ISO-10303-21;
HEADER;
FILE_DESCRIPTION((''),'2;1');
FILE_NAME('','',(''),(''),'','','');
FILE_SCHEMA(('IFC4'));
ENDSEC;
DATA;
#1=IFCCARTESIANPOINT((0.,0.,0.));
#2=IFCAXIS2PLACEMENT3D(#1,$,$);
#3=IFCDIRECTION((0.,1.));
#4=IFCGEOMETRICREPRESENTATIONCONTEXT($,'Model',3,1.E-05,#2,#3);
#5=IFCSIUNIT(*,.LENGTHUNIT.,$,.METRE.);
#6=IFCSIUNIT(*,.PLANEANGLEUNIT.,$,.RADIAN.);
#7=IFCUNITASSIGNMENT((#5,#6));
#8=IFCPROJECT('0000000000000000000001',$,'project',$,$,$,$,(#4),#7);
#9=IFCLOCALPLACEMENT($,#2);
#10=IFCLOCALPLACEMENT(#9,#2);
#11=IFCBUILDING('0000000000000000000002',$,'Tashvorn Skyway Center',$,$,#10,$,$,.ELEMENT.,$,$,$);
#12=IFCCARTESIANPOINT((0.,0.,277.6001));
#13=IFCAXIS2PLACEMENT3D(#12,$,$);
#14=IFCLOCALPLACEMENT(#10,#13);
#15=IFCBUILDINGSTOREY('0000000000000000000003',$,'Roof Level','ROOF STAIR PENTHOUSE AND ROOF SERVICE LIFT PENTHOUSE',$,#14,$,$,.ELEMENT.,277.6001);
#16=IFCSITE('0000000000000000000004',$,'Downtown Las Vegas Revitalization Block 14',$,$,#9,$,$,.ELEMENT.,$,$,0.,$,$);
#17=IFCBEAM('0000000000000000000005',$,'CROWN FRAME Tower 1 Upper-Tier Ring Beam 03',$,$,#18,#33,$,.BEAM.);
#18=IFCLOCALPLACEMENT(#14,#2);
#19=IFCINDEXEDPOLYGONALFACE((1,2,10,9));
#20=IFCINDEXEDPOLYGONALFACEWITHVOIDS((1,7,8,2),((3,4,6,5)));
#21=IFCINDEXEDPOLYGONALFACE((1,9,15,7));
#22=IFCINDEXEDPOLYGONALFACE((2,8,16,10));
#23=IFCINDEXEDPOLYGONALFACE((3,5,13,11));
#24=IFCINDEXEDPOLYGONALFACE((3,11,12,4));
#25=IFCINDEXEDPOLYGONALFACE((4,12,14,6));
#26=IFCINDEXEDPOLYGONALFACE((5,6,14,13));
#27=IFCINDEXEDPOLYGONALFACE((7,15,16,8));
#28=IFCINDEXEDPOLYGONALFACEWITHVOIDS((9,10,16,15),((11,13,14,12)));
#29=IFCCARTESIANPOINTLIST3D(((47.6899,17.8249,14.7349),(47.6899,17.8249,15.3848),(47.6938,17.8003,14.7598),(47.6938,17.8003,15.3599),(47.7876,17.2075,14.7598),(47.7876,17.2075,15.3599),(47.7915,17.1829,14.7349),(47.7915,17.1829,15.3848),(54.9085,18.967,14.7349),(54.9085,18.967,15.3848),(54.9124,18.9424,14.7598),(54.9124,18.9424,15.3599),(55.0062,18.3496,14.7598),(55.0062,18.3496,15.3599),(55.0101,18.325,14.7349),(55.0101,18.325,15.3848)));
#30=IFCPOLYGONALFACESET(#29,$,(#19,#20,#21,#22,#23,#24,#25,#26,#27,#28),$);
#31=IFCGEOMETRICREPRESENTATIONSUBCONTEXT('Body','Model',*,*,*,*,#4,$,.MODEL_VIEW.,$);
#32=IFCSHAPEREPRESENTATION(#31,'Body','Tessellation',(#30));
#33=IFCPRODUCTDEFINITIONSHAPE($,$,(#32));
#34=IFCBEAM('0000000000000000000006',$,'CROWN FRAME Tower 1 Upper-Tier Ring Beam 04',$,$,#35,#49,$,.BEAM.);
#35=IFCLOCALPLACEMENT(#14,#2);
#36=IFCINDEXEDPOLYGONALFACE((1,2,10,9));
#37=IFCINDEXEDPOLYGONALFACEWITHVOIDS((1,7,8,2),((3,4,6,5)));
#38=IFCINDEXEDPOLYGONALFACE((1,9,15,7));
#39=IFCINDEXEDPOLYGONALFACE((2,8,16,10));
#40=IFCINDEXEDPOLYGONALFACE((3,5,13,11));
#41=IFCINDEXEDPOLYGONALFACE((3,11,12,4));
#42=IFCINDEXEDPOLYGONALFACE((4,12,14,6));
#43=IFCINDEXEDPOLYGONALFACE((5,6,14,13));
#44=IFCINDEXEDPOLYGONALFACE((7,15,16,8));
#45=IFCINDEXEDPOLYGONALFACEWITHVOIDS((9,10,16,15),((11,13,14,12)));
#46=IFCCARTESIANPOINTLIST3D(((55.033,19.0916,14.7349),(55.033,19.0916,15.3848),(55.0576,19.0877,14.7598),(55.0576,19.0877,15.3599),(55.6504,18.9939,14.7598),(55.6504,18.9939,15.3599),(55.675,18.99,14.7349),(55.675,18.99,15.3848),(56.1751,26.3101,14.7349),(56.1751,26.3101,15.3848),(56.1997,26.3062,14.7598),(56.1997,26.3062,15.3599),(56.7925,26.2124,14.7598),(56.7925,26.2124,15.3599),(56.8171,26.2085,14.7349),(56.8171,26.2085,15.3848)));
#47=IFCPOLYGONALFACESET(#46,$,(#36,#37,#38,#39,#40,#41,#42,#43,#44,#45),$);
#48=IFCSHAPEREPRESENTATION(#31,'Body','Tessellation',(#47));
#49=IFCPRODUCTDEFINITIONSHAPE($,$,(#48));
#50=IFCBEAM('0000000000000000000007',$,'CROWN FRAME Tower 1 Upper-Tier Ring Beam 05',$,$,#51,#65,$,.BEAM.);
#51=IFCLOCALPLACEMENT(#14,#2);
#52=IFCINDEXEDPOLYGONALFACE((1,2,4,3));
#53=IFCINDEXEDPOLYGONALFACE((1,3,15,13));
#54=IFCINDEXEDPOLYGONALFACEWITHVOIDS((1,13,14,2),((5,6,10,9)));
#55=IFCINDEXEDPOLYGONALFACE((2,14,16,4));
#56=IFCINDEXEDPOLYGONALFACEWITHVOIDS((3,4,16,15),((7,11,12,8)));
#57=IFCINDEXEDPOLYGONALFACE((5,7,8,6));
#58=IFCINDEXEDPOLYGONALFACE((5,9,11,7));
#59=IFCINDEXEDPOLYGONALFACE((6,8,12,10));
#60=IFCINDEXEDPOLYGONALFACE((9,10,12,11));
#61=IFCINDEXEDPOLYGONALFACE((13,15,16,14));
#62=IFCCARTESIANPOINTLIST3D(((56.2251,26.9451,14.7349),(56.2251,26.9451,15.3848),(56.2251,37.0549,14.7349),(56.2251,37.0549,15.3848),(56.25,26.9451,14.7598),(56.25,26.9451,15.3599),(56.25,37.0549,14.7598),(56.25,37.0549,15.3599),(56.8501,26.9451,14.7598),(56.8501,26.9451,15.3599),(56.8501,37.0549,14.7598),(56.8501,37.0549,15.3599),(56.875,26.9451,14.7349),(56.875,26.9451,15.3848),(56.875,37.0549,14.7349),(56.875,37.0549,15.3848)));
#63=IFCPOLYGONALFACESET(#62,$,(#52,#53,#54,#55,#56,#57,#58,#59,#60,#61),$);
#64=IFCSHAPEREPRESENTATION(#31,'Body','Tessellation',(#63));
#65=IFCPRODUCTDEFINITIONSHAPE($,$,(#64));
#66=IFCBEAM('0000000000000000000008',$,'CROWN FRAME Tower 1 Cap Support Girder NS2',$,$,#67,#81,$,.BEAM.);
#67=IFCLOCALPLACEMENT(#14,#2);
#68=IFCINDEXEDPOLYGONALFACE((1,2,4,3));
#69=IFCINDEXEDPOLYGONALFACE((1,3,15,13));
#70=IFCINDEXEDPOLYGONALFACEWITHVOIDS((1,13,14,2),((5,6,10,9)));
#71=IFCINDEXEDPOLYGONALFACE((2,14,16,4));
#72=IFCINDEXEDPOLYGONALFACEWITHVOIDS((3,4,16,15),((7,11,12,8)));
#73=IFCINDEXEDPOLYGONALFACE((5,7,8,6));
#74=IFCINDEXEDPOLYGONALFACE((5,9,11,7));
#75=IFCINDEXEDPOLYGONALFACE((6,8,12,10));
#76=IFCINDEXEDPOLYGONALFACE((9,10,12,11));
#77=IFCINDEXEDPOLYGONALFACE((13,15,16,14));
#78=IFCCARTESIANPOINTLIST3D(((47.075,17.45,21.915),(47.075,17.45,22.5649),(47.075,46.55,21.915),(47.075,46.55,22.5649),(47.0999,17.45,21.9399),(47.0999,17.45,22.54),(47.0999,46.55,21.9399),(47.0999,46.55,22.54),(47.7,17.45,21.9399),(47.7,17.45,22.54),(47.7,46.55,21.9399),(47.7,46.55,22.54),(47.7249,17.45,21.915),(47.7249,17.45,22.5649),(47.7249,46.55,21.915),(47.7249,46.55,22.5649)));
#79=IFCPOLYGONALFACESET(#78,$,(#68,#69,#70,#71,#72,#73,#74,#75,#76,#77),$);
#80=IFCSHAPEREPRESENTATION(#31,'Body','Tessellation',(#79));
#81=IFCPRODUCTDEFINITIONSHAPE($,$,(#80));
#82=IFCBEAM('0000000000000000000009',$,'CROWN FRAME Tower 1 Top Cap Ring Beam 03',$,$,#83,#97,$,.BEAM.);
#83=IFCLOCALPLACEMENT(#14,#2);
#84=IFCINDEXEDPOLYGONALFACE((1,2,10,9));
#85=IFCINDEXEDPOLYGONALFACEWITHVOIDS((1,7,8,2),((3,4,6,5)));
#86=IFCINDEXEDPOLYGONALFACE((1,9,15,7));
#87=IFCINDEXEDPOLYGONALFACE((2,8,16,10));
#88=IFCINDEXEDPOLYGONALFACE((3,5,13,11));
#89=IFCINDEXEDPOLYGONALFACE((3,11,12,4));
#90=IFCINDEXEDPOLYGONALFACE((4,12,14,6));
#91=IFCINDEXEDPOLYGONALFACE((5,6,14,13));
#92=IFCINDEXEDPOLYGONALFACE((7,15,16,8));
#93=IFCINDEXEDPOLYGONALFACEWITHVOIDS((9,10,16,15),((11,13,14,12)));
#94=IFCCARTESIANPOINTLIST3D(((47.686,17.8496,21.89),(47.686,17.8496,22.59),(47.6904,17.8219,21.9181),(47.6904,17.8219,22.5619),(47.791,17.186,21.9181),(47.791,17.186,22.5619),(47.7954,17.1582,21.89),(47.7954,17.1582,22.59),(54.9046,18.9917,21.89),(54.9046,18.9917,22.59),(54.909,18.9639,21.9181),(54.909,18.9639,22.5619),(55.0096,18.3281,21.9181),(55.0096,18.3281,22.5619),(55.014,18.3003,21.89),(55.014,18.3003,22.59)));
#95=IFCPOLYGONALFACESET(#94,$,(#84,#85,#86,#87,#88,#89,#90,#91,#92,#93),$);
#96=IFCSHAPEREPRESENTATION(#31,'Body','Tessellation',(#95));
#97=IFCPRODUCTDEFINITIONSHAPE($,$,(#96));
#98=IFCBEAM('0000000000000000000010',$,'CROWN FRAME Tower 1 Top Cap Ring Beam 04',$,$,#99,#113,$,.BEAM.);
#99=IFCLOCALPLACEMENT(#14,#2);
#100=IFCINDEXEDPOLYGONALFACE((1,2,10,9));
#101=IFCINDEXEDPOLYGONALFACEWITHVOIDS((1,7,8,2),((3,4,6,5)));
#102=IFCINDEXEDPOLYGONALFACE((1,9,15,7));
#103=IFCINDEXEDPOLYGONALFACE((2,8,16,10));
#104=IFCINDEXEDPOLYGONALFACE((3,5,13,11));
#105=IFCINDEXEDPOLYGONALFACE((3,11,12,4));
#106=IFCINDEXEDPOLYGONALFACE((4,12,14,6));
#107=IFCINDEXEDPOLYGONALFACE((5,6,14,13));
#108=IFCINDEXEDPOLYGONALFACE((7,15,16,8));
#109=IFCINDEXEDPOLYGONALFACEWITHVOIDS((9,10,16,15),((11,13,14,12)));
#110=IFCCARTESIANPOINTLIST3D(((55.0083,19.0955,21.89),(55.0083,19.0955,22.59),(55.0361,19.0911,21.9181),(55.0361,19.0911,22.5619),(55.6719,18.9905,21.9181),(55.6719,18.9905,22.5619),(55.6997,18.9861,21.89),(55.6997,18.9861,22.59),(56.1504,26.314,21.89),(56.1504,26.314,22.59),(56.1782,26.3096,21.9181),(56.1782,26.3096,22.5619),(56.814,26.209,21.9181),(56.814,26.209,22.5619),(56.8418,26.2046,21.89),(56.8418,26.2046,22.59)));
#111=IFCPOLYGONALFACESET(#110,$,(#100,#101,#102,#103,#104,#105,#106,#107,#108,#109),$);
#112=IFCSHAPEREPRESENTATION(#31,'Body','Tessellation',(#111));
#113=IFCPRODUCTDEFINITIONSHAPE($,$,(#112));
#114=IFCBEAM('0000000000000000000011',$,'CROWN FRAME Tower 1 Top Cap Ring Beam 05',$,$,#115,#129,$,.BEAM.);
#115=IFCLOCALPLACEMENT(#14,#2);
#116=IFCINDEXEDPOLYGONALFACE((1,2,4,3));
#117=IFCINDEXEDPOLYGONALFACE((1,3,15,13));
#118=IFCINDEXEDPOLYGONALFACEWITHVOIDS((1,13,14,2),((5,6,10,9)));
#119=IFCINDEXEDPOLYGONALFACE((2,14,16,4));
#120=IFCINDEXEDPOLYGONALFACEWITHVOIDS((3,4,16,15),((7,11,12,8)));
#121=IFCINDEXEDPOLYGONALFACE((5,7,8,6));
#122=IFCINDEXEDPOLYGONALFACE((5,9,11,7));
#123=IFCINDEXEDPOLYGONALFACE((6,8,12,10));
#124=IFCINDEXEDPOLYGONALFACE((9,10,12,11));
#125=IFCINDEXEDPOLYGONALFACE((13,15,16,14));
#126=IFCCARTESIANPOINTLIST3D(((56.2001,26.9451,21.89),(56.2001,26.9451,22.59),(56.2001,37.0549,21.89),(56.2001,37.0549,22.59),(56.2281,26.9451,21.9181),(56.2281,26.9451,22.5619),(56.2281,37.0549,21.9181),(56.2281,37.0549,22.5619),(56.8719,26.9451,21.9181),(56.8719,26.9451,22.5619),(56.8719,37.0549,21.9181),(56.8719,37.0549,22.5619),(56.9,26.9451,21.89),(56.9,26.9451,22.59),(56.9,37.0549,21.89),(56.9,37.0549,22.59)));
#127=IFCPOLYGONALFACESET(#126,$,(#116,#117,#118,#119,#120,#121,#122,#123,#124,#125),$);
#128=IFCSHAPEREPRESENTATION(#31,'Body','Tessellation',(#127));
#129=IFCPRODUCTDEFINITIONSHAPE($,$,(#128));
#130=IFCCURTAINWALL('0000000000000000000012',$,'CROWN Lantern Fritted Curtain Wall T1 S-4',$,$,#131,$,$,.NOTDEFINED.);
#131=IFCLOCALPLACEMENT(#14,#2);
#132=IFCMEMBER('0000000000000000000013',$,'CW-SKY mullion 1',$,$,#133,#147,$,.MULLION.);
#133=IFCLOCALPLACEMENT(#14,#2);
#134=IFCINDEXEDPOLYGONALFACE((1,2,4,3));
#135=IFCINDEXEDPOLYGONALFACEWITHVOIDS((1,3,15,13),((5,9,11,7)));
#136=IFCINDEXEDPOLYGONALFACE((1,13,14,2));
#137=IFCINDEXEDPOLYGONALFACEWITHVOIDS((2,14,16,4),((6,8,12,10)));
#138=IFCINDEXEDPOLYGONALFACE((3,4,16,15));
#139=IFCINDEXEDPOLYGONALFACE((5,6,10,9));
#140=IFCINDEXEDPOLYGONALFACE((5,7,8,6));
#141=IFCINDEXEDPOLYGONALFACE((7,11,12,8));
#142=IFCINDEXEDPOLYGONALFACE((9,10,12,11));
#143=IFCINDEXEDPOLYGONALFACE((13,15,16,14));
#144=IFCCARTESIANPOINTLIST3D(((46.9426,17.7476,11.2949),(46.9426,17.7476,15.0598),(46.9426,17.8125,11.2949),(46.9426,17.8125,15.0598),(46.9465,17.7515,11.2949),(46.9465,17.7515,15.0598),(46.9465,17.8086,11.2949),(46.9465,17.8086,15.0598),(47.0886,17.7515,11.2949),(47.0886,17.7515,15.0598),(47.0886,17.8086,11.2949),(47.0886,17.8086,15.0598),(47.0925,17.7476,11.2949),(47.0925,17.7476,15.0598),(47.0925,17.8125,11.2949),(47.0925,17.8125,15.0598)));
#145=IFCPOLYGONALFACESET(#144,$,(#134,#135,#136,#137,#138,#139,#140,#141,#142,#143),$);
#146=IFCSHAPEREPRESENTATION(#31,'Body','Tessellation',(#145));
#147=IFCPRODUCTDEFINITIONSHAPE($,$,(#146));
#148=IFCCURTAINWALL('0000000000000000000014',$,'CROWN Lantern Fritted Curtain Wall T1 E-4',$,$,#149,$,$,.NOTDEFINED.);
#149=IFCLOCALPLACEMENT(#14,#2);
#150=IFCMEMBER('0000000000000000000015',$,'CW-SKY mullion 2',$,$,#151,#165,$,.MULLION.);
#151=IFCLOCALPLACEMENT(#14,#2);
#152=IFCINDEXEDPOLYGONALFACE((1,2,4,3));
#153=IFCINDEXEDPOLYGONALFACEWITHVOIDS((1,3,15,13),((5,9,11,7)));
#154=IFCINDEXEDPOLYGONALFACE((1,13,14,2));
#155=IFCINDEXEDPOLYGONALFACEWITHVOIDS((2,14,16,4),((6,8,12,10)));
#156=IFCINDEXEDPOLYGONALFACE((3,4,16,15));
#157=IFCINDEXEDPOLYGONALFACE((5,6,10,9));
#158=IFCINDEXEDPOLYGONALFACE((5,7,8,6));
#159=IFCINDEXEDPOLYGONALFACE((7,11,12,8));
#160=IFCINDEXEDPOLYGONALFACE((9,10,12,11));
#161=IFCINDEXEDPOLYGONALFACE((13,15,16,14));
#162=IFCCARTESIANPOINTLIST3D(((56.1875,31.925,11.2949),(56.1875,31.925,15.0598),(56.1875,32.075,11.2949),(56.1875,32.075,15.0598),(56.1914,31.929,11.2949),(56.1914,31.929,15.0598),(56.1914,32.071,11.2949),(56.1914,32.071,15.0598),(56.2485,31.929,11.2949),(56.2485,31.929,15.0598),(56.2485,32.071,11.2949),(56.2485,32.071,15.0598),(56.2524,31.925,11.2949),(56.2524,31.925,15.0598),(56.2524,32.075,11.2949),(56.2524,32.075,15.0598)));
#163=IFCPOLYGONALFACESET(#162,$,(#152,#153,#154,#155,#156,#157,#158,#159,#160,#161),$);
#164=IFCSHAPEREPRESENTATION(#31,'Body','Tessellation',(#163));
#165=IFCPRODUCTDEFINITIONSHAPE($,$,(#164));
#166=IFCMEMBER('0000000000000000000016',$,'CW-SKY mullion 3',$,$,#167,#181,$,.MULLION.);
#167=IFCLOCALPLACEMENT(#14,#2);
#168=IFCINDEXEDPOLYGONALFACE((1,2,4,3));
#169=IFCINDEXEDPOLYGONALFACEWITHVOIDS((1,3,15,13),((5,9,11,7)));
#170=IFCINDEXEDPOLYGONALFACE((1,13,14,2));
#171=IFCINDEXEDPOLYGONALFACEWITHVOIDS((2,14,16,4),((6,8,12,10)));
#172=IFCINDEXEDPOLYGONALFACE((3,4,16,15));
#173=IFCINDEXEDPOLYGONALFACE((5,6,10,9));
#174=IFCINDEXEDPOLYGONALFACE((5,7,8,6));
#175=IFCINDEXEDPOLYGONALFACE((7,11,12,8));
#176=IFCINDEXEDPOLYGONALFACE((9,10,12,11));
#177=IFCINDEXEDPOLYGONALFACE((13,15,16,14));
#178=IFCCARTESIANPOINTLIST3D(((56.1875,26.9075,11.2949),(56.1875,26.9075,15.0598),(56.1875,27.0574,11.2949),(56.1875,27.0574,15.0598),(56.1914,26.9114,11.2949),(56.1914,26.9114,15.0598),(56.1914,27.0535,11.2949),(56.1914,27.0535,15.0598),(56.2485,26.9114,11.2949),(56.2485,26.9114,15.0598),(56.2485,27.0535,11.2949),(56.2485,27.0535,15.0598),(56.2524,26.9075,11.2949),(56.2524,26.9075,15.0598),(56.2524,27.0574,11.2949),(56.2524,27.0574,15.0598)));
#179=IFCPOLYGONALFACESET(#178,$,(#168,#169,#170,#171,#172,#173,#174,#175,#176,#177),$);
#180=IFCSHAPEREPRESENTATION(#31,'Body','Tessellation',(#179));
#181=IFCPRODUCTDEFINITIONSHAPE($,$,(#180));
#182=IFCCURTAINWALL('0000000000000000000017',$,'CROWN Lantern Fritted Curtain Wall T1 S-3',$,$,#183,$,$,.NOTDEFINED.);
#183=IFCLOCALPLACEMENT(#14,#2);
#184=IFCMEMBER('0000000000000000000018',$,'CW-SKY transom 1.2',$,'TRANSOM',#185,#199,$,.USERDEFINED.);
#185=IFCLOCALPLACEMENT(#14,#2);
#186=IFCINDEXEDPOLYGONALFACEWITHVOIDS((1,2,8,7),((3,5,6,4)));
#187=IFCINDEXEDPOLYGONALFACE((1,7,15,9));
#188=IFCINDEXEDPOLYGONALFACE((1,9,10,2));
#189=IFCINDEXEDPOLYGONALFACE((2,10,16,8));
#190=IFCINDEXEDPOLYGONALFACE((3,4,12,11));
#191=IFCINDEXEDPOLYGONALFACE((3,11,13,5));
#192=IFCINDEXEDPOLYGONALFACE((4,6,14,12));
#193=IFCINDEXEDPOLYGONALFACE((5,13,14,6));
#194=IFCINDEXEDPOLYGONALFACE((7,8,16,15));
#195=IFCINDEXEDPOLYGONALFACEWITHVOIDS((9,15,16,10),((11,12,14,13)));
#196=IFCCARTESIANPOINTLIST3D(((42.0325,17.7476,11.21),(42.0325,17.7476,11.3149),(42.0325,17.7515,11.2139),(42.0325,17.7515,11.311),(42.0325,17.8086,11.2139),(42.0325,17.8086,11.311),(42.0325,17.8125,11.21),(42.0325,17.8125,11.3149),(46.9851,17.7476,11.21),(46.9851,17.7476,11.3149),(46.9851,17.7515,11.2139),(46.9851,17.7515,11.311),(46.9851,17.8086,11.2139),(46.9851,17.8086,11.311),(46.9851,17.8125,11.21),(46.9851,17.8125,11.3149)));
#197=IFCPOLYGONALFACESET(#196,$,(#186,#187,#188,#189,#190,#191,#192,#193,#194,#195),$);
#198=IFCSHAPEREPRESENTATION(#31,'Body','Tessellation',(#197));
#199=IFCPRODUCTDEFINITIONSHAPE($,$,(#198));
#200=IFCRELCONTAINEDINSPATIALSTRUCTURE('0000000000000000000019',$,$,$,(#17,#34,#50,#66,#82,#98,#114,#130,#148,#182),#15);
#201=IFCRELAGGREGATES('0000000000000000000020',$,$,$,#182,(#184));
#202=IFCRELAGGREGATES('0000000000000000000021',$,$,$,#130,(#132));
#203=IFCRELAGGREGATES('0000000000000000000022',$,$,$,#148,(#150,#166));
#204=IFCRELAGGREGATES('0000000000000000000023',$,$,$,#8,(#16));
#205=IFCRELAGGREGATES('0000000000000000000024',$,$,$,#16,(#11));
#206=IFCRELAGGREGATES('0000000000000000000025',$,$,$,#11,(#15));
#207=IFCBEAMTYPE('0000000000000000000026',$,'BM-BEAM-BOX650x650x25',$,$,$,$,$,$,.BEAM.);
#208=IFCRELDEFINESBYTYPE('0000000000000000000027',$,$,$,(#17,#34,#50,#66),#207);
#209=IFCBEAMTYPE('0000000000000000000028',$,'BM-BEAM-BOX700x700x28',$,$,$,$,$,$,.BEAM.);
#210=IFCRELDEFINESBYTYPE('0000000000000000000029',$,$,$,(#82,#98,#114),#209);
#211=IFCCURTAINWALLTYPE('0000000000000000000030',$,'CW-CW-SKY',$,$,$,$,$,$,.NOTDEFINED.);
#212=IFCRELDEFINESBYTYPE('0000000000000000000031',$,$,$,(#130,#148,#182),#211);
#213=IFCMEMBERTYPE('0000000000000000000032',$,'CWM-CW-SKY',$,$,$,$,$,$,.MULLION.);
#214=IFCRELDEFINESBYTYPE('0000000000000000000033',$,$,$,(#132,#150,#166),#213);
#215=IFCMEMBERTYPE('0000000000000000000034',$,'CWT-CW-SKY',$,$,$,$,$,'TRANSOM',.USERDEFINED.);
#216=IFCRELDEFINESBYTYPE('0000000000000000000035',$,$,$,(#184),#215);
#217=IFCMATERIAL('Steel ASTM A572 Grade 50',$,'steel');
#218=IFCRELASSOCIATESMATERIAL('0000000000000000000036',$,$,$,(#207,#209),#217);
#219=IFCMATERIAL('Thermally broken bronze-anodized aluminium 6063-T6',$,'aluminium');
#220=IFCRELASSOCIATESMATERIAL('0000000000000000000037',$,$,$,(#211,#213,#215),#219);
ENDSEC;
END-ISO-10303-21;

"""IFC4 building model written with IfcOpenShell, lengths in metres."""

from ifc_helpers import new_model, si_unit, direction, frame, origin, origin_2d, place, context, subcontext, project, spatial, hollow_rectangle, extrude, material, material_profile, profile_set, type_object, element, aggregate, save


model = new_model("IFC4")

# Units and contexts
model_context = context("Model", 3, precision=1e-05, world=origin(), true_north=direction((0.0, 1.0)))
body_context = subcontext(model_context, "Body", "Model", "MODEL_VIEW")
ifc_project = project(units=[si_unit("LENGTHUNIT", "METRE"), si_unit("PLANEANGLEUNIT", "RADIAN")], contexts=[model_context])

# Site, building, storey
site_placement = place(None, origin())
site = spatial("IfcSite", under=ifc_project, at=site_placement, Name="Downtown Las Vegas Revitalization Block 14", CompositionType="ELEMENT", RefElevation=0.0)
building_placement = place(site_placement, origin())
building = spatial("IfcBuilding", under=site, at=building_placement, Name="Tashvorn Skyway Center", CompositionType="ELEMENT")
storey_placement = place(building_placement, frame((0.0, 0.0, 277.6001)))
storey = spatial("IfcBuildingStorey", under=building, at=storey_placement, Name="Roof Level", Description="ROOF STAIR PENTHOUSE AND ROOF SERVICE LIFT PENTHOUSE", CompositionType="ELEMENT", Elevation=277.6001)

# Beams
ifc_material_1 = material(Name="Steel ASTM A572 Grade 50", Category="steel")
ifc_material_profile_1 = material_profile(ifc_material_1, hollow_rectangle(XDim=0.6499, YDim=0.6499, WallThickness=0.0249, at=origin_2d()), Name="BOX650x650x25")
ifc_profile_set_1 = profile_set([ifc_material_profile_1], Name="Steel ASTM A572 Grade 50")
beam_type_1 = type_object("IfcBeamType", Name="BM-BEAM-BOX650x650x25", PredefinedType="BEAM", material=ifc_profile_set_1)
for number, where, z_axis, x_axis, name in (
    (1, (47.7407, 17.5039, 15.0598), (0.987714, 0.156273, 0.0), (-0.156273, 0.987714, 0.0), "CROWN FRAME Tower 1 Upper-Tier Ring Beam 03"),
    (2, (55.354, 19.0408, 15.0598), (0.156273, 0.987714, 0.0), (-0.987714, 0.156273, 0.0), "CROWN FRAME Tower 1 Upper-Tier Ring Beam 04"),
):
    element("IfcBeam", number, at=place(storey_placement, frame(where, z_axis=z_axis, x_axis=x_axis)), inside=storey, type_object=beam_type_1, Name=name, PredefinedType="BEAM", context=body_context, shape_type="SweptSolid", body=[
        extrude(hollow_rectangle(XDim=0.6499, YDim=0.6499, WallThickness=0.0249, at=origin_2d()), origin(), (0.0, 0.0, 1.0), 7.3083),
    ])
beam_1_placement = place(storey_placement, frame((56.55, 26.9451, 15.0598), z_axis=(0.0, 1.0, 0.0), x_axis=(-1.0, 0.0, 0.0)))
element("IfcBeam", 3, at=beam_1_placement, inside=storey, type_object=beam_type_1, Name="CROWN FRAME Tower 1 Upper-Tier Ring Beam 05", PredefinedType="BEAM", context=body_context, shape_type="SweptSolid", body=[
    extrude(hollow_rectangle(XDim=0.6499, YDim=0.6499, WallThickness=0.0249, at=origin_2d()), origin(), (0.0, 0.0, 1.0), 10.1099),
])
beam_2_placement = place(storey_placement, frame((47.3999, 17.45, 22.24), z_axis=(0.0, 1.0, 0.0), x_axis=(-1.0, 0.0, 0.0)))
element("IfcBeam", 4, at=beam_2_placement, inside=storey, type_object=beam_type_1, Name="CROWN FRAME Tower 1 Cap Support Girder NS2", PredefinedType="BEAM", context=body_context, shape_type="SweptSolid", body=[
    extrude(hollow_rectangle(XDim=0.6499, YDim=0.6499, WallThickness=0.0249, at=origin_2d()), origin(), (0.0, 0.0, 1.0), 29.1001),
])
ifc_material_profile_2 = material_profile(ifc_material_1, hollow_rectangle(XDim=0.7, YDim=0.7, WallThickness=0.0281, at=origin_2d()), Name="BOX700x700x28")
ifc_profile_set_2 = profile_set([ifc_material_profile_2], Name="Steel ASTM A572 Grade 50")
beam_type_2 = type_object("IfcBeamType", Name="BM-BEAM-BOX700x700x28", PredefinedType="BEAM", material=ifc_profile_set_2)
for number, where, z_axis, x_axis, name in (
    (5, (47.7407, 17.5039, 22.24), (0.987714, 0.156273, 0.0), (-0.156273, 0.987714, 0.0), "CROWN FRAME Tower 1 Top Cap Ring Beam 03"),
    (6, (55.354, 19.0408, 22.24), (0.156273, 0.987714, 0.0), (-0.987714, 0.156273, 0.0), "CROWN FRAME Tower 1 Top Cap Ring Beam 04"),
):
    element("IfcBeam", number, at=place(storey_placement, frame(where, z_axis=z_axis, x_axis=x_axis)), inside=storey, type_object=beam_type_2, Name=name, PredefinedType="BEAM", context=body_context, shape_type="SweptSolid", body=[
        extrude(hollow_rectangle(XDim=0.7, YDim=0.7, WallThickness=0.0281, at=origin_2d()), origin(), (0.0, 0.0, 1.0), 7.3083),
    ])
beam_3_placement = place(storey_placement, frame((56.55, 26.9451, 22.24), z_axis=(0.0, 1.0, 0.0), x_axis=(-1.0, 0.0, 0.0)))
element("IfcBeam", 7, at=beam_3_placement, inside=storey, type_object=beam_type_2, Name="CROWN FRAME Tower 1 Top Cap Ring Beam 05", PredefinedType="BEAM", context=body_context, shape_type="SweptSolid", body=[
    extrude(hollow_rectangle(XDim=0.7, YDim=0.7, WallThickness=0.0281, at=origin_2d()), origin(), (0.0, 0.0, 1.0), 10.1099),
])

# Curtain wall, member
ifc_material_2 = material(Name="Thermally broken bronze-anodized aluminium 6063-T6", Category="aluminium")
curtain_wall_type = type_object("IfcCurtainWallType", Name="CW-CW-SKY", PredefinedType="NOTDEFINED", material=ifc_material_2)
curtain_wall_1_placement = place(storey_placement, origin())
curtain_wall_1 = element("IfcCurtainWall", 8, at=curtain_wall_1_placement, inside=storey, type_object=curtain_wall_type, Name="CROWN Lantern Fritted Curtain Wall T1 S-4", PredefinedType="NOTDEFINED")
ifc_material_profile_3 = material_profile(ifc_material_2, hollow_rectangle(XDim=0.0649, YDim=0.1499, WallThickness=0.0039, at=origin_2d()), Name="ALU-MULL-65x150")
ifc_profile_set_3 = profile_set([ifc_material_profile_3], Name="Thermally broken bronze-anodized aluminium 6063-T6")
member_type_1 = type_object("IfcMemberType", Name="CWM-CW-SKY", PredefinedType="MULLION", material=ifc_profile_set_3)
member_1_placement = place(storey_placement, frame((47.0176, 17.78, 11.2949), z_axis=(0.0, 0.0, 1.0), x_axis=(0.0, -1.0, 0.0)))
member_1 = element("IfcMember", 9, at=member_1_placement, type_object=member_type_1, Name="CW-SKY mullion 1", PredefinedType="MULLION", context=body_context, shape_type="SweptSolid", body=[
    extrude(hollow_rectangle(XDim=0.0649, YDim=0.1499, WallThickness=0.0039, at=origin_2d()), origin(), (0.0, 0.0, 1.0), 3.7649),
])

# Curtain wall, members
curtain_wall_2_placement = place(storey_placement, origin())
curtain_wall_2 = element("IfcCurtainWall", 10, at=curtain_wall_2_placement, inside=storey, type_object=curtain_wall_type, Name="CROWN Lantern Fritted Curtain Wall T1 E-4", PredefinedType="NOTDEFINED")
member_2_placement = place(storey_placement, frame((56.22, 32.0, 11.2949), z_axis=(0.0, 0.0, 1.0), x_axis=(1.0, 0.0, 0.0)))
member_2 = element("IfcMember", 11, at=member_2_placement, type_object=member_type_1, Name="CW-SKY mullion 2", PredefinedType="MULLION", context=body_context, shape_type="SweptSolid", body=[
    extrude(hollow_rectangle(XDim=0.0649, YDim=0.1499, WallThickness=0.0039, at=origin_2d()), origin(), (0.0, 0.0, 1.0), 3.7649),
])
member_3_placement = place(storey_placement, frame((56.22, 26.9824, 11.2949), z_axis=(0.0, 0.0, 1.0), x_axis=(1.0, 0.0, 0.0)))
member_3 = element("IfcMember", 12, at=member_3_placement, type_object=member_type_1, Name="CW-SKY mullion 3", PredefinedType="MULLION", context=body_context, shape_type="SweptSolid", body=[
    extrude(hollow_rectangle(XDim=0.0649, YDim=0.1499, WallThickness=0.0039, at=origin_2d()), origin(), (0.0, 0.0, 1.0), 3.7649),
])

# Curtain wall, member
curtain_wall_3_placement = place(storey_placement, origin())
curtain_wall_3 = element("IfcCurtainWall", 13, at=curtain_wall_3_placement, inside=storey, type_object=curtain_wall_type, Name="CROWN Lantern Fritted Curtain Wall T1 S-3", PredefinedType="NOTDEFINED")
ifc_material_profile_4 = material_profile(ifc_material_2, hollow_rectangle(XDim=0.0649, YDim=0.105, WallThickness=0.0039, at=origin_2d()), Name="ALU-TRAN-65x105")
ifc_profile_set_4 = profile_set([ifc_material_profile_4], Name="Thermally broken bronze-anodized aluminium 6063-T6")
member_type_2 = type_object("IfcMemberType", Name="CWT-CW-SKY", ElementType="TRANSOM", PredefinedType="USERDEFINED", material=ifc_profile_set_4)
member_4_placement = place(storey_placement, frame((46.9851, 17.78, 11.2625), z_axis=(-1.0, 0.0, 0.0), x_axis=(0.0, -1.0, 0.0)))
member_4 = element("IfcMember", 14, at=member_4_placement, type_object=member_type_2, Name="CW-SKY transom 1.2", ObjectType="TRANSOM", PredefinedType="USERDEFINED", context=body_context, shape_type="SweptSolid", body=[
    extrude(hollow_rectangle(XDim=0.0649, YDim=0.105, WallThickness=0.0039, at=origin_2d()), origin(), (0.0, 0.0, 1.0), 4.9526),
])
aggregate(curtain_wall_3, [member_4])

aggregate(curtain_wall_1, [member_1])
aggregate(curtain_wall_2, [member_2, member_3])

save(model, "model.ifc")
